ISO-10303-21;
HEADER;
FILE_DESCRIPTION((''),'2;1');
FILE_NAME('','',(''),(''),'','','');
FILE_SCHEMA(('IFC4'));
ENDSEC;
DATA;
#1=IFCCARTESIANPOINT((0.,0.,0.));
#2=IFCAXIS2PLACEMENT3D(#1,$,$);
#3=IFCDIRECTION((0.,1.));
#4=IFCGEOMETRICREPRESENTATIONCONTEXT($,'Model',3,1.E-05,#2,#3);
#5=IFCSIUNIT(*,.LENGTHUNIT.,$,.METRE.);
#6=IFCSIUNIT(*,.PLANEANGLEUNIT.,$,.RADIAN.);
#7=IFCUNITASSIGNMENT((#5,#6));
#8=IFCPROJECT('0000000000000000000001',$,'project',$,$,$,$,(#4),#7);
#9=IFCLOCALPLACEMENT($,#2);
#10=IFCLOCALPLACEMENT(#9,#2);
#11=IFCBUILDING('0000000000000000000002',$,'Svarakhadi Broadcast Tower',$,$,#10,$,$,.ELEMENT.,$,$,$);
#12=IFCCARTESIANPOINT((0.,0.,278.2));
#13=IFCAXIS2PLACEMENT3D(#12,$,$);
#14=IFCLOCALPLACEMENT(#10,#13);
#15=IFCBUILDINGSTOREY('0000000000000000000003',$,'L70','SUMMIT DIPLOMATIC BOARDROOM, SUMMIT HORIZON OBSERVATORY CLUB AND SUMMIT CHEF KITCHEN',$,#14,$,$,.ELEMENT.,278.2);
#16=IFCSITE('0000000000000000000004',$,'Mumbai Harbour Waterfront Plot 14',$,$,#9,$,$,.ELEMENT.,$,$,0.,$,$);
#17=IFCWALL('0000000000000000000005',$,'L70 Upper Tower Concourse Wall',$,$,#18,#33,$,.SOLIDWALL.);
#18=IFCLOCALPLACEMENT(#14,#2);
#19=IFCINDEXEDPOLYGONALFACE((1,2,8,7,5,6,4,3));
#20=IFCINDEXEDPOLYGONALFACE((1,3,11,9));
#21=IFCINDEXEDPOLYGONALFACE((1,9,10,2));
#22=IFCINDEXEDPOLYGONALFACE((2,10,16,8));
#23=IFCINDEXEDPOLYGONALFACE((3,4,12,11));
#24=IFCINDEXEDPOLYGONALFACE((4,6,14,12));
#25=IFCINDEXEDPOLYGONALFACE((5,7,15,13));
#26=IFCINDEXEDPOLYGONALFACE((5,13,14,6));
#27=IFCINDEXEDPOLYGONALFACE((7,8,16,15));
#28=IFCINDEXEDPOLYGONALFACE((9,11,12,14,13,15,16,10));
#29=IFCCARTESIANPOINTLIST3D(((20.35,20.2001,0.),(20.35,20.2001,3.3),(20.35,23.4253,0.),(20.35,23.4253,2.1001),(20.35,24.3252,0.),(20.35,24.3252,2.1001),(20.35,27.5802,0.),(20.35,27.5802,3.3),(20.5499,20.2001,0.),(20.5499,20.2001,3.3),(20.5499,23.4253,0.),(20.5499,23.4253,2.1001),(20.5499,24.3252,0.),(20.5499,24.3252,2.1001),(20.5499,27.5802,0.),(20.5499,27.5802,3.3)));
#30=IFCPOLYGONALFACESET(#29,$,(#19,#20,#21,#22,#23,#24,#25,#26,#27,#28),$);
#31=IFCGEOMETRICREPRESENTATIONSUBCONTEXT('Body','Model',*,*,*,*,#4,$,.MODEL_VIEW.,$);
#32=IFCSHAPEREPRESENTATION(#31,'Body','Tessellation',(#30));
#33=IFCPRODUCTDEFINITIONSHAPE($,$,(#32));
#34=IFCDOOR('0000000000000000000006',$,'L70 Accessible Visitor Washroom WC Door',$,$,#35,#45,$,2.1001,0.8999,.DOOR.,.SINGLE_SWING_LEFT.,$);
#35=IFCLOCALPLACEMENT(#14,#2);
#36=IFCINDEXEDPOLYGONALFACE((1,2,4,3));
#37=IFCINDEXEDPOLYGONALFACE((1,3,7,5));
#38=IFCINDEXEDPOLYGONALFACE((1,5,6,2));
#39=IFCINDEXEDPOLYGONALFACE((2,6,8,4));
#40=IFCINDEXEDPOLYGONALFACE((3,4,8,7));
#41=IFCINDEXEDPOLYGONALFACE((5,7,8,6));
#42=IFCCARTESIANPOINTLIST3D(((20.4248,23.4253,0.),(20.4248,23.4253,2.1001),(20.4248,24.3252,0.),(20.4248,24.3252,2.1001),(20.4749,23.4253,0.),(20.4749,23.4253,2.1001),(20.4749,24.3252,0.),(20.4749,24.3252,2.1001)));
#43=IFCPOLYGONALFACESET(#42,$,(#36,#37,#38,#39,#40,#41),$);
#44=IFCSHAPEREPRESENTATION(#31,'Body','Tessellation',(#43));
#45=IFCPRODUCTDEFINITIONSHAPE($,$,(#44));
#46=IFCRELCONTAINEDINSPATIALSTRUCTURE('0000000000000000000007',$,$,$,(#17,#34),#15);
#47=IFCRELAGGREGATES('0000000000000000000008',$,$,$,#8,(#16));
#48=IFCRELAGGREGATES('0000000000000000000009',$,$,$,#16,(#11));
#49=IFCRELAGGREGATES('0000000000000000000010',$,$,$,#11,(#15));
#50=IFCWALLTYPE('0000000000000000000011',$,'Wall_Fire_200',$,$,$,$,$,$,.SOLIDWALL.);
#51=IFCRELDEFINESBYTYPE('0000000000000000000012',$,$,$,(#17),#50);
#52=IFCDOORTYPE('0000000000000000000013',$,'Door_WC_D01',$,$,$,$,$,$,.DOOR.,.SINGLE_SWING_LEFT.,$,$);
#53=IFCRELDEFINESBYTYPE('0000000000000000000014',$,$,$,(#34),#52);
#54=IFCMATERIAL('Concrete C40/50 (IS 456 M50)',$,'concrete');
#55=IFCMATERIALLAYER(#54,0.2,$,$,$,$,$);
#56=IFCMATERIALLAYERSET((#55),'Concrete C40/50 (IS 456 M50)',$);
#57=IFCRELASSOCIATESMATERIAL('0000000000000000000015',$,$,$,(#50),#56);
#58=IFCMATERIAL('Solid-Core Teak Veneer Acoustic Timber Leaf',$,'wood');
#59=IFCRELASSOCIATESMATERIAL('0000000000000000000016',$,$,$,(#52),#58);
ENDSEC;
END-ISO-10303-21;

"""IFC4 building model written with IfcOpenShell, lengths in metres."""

from ifc_helpers import new_model, si_unit, direction, frame, frame_2d, origin, place, context, subcontext, project, spatial, rectangle, extrude, material, layer, layer_set, type_object, element, fill, save


model = new_model("IFC4")

# Units and contexts
model_context = context("Model", 3, precision=1e-05, world=origin(), true_north=direction((0.0, 1.0)))
body_context = subcontext(model_context, "Body", "Model", "MODEL_VIEW")
ifc_project = project(units=[si_unit("LENGTHUNIT", "METRE"), si_unit("PLANEANGLEUNIT", "RADIAN")], contexts=[model_context])

# Site, building, storey
site_placement = place(None, origin())
site = spatial("IfcSite", under=ifc_project, at=site_placement, Name="Mumbai Harbour Waterfront Plot 14", CompositionType="ELEMENT", RefElevation=0.0)
building_placement = place(site_placement, origin())
building = spatial("IfcBuilding", under=site, at=building_placement, Name="Svarakhadi Broadcast Tower", CompositionType="ELEMENT")
storey_placement = place(building_placement, frame((0.0, 0.0, 278.2)))
storey = spatial("IfcBuildingStorey", under=building, at=storey_placement, Name="L70", Description="SUMMIT DIPLOMATIC BOARDROOM, SUMMIT HORIZON OBSERVATORY CLUB AND SUMMIT CHEF KITCHEN", CompositionType="ELEMENT", Elevation=278.2)

# Shared definitions
ifc_material_1 = material(Name="Concrete C40/50 (IS 456 M50)", Category="concrete")
ifc_layer_1 = layer(ifc_material_1, 0.2)
ifc_layer_set_1 = layer_set([ifc_layer_1], Name="Concrete C40/50 (IS 456 M50)")
wall_type = type_object("IfcWallType", Name="Wall_Fire_200", PredefinedType="SOLIDWALL", material=ifc_layer_set_1)

# Wall, opening, door
wall_1_placement = place(storey_placement, frame((20.45, 27.5801, 0.0), z_axis=(0.0, 0.0, 1.0), x_axis=(0.0, -1.0, 0.0)))
wall_1 = element("IfcWall", 1, at=wall_1_placement, inside=storey, type_object=wall_type, Name="L70 Upper Tower Concourse Wall", PredefinedType="SOLIDWALL", context=body_context, shape_type="SweptSolid", body=[
    extrude(rectangle(XDim=7.3801, YDim=0.2, at=frame_2d((3.6899, 0.0))), origin(), (0.0, 0.0, 1.0), 3.3),
])
opening_placement = place(wall_1_placement, frame((3.2549, 0.0, 0.0)))
opening = element("IfcOpeningElement", 2, at=opening_placement, cuts=wall_1, PredefinedType="OPENING", context=body_context, shape_type="SweptSolid", body=[
    extrude(rectangle(XDim=0.8999, YDim=2.1001, at=frame_2d((0.45, 1.05))), frame((0.0, 0.1099, 0.0), z_axis=(0.0, -1.0, 0.0), x_axis=(1.0, 0.0, 0.0)), (0.0, 0.0, 1.0), 0.22),
])
ifc_material_2 = material(Name="Solid-Core Teak Veneer Acoustic Timber Leaf", Category="wood")
door_type = type_object("IfcDoorType", Name="Door_WC_D01", OperationType="SINGLE_SWING_LEFT", PredefinedType="DOOR", material=ifc_material_2)
door_placement = place(opening_placement, origin())
door = element("IfcDoor", 3, at=door_placement, inside=storey, type_object=door_type, Name="L70 Accessible Visitor Washroom WC Door", OperationType="SINGLE_SWING_LEFT", OverallHeight=2.1001, OverallWidth=0.8999, PredefinedType="DOOR", context=body_context, shape_type="SweptSolid", body=[
    extrude(rectangle(XDim=0.8999, YDim=2.1001, at=frame_2d((0.45, 1.05))), frame((0.0, 0.0249, 0.0), z_axis=(0.0, -1.0, 0.0), x_axis=(1.0, 0.0, 0.0)), (0.0, 0.0, 1.0), 0.05),
])
fill(opening, door)

save(model, "model.ifc")
